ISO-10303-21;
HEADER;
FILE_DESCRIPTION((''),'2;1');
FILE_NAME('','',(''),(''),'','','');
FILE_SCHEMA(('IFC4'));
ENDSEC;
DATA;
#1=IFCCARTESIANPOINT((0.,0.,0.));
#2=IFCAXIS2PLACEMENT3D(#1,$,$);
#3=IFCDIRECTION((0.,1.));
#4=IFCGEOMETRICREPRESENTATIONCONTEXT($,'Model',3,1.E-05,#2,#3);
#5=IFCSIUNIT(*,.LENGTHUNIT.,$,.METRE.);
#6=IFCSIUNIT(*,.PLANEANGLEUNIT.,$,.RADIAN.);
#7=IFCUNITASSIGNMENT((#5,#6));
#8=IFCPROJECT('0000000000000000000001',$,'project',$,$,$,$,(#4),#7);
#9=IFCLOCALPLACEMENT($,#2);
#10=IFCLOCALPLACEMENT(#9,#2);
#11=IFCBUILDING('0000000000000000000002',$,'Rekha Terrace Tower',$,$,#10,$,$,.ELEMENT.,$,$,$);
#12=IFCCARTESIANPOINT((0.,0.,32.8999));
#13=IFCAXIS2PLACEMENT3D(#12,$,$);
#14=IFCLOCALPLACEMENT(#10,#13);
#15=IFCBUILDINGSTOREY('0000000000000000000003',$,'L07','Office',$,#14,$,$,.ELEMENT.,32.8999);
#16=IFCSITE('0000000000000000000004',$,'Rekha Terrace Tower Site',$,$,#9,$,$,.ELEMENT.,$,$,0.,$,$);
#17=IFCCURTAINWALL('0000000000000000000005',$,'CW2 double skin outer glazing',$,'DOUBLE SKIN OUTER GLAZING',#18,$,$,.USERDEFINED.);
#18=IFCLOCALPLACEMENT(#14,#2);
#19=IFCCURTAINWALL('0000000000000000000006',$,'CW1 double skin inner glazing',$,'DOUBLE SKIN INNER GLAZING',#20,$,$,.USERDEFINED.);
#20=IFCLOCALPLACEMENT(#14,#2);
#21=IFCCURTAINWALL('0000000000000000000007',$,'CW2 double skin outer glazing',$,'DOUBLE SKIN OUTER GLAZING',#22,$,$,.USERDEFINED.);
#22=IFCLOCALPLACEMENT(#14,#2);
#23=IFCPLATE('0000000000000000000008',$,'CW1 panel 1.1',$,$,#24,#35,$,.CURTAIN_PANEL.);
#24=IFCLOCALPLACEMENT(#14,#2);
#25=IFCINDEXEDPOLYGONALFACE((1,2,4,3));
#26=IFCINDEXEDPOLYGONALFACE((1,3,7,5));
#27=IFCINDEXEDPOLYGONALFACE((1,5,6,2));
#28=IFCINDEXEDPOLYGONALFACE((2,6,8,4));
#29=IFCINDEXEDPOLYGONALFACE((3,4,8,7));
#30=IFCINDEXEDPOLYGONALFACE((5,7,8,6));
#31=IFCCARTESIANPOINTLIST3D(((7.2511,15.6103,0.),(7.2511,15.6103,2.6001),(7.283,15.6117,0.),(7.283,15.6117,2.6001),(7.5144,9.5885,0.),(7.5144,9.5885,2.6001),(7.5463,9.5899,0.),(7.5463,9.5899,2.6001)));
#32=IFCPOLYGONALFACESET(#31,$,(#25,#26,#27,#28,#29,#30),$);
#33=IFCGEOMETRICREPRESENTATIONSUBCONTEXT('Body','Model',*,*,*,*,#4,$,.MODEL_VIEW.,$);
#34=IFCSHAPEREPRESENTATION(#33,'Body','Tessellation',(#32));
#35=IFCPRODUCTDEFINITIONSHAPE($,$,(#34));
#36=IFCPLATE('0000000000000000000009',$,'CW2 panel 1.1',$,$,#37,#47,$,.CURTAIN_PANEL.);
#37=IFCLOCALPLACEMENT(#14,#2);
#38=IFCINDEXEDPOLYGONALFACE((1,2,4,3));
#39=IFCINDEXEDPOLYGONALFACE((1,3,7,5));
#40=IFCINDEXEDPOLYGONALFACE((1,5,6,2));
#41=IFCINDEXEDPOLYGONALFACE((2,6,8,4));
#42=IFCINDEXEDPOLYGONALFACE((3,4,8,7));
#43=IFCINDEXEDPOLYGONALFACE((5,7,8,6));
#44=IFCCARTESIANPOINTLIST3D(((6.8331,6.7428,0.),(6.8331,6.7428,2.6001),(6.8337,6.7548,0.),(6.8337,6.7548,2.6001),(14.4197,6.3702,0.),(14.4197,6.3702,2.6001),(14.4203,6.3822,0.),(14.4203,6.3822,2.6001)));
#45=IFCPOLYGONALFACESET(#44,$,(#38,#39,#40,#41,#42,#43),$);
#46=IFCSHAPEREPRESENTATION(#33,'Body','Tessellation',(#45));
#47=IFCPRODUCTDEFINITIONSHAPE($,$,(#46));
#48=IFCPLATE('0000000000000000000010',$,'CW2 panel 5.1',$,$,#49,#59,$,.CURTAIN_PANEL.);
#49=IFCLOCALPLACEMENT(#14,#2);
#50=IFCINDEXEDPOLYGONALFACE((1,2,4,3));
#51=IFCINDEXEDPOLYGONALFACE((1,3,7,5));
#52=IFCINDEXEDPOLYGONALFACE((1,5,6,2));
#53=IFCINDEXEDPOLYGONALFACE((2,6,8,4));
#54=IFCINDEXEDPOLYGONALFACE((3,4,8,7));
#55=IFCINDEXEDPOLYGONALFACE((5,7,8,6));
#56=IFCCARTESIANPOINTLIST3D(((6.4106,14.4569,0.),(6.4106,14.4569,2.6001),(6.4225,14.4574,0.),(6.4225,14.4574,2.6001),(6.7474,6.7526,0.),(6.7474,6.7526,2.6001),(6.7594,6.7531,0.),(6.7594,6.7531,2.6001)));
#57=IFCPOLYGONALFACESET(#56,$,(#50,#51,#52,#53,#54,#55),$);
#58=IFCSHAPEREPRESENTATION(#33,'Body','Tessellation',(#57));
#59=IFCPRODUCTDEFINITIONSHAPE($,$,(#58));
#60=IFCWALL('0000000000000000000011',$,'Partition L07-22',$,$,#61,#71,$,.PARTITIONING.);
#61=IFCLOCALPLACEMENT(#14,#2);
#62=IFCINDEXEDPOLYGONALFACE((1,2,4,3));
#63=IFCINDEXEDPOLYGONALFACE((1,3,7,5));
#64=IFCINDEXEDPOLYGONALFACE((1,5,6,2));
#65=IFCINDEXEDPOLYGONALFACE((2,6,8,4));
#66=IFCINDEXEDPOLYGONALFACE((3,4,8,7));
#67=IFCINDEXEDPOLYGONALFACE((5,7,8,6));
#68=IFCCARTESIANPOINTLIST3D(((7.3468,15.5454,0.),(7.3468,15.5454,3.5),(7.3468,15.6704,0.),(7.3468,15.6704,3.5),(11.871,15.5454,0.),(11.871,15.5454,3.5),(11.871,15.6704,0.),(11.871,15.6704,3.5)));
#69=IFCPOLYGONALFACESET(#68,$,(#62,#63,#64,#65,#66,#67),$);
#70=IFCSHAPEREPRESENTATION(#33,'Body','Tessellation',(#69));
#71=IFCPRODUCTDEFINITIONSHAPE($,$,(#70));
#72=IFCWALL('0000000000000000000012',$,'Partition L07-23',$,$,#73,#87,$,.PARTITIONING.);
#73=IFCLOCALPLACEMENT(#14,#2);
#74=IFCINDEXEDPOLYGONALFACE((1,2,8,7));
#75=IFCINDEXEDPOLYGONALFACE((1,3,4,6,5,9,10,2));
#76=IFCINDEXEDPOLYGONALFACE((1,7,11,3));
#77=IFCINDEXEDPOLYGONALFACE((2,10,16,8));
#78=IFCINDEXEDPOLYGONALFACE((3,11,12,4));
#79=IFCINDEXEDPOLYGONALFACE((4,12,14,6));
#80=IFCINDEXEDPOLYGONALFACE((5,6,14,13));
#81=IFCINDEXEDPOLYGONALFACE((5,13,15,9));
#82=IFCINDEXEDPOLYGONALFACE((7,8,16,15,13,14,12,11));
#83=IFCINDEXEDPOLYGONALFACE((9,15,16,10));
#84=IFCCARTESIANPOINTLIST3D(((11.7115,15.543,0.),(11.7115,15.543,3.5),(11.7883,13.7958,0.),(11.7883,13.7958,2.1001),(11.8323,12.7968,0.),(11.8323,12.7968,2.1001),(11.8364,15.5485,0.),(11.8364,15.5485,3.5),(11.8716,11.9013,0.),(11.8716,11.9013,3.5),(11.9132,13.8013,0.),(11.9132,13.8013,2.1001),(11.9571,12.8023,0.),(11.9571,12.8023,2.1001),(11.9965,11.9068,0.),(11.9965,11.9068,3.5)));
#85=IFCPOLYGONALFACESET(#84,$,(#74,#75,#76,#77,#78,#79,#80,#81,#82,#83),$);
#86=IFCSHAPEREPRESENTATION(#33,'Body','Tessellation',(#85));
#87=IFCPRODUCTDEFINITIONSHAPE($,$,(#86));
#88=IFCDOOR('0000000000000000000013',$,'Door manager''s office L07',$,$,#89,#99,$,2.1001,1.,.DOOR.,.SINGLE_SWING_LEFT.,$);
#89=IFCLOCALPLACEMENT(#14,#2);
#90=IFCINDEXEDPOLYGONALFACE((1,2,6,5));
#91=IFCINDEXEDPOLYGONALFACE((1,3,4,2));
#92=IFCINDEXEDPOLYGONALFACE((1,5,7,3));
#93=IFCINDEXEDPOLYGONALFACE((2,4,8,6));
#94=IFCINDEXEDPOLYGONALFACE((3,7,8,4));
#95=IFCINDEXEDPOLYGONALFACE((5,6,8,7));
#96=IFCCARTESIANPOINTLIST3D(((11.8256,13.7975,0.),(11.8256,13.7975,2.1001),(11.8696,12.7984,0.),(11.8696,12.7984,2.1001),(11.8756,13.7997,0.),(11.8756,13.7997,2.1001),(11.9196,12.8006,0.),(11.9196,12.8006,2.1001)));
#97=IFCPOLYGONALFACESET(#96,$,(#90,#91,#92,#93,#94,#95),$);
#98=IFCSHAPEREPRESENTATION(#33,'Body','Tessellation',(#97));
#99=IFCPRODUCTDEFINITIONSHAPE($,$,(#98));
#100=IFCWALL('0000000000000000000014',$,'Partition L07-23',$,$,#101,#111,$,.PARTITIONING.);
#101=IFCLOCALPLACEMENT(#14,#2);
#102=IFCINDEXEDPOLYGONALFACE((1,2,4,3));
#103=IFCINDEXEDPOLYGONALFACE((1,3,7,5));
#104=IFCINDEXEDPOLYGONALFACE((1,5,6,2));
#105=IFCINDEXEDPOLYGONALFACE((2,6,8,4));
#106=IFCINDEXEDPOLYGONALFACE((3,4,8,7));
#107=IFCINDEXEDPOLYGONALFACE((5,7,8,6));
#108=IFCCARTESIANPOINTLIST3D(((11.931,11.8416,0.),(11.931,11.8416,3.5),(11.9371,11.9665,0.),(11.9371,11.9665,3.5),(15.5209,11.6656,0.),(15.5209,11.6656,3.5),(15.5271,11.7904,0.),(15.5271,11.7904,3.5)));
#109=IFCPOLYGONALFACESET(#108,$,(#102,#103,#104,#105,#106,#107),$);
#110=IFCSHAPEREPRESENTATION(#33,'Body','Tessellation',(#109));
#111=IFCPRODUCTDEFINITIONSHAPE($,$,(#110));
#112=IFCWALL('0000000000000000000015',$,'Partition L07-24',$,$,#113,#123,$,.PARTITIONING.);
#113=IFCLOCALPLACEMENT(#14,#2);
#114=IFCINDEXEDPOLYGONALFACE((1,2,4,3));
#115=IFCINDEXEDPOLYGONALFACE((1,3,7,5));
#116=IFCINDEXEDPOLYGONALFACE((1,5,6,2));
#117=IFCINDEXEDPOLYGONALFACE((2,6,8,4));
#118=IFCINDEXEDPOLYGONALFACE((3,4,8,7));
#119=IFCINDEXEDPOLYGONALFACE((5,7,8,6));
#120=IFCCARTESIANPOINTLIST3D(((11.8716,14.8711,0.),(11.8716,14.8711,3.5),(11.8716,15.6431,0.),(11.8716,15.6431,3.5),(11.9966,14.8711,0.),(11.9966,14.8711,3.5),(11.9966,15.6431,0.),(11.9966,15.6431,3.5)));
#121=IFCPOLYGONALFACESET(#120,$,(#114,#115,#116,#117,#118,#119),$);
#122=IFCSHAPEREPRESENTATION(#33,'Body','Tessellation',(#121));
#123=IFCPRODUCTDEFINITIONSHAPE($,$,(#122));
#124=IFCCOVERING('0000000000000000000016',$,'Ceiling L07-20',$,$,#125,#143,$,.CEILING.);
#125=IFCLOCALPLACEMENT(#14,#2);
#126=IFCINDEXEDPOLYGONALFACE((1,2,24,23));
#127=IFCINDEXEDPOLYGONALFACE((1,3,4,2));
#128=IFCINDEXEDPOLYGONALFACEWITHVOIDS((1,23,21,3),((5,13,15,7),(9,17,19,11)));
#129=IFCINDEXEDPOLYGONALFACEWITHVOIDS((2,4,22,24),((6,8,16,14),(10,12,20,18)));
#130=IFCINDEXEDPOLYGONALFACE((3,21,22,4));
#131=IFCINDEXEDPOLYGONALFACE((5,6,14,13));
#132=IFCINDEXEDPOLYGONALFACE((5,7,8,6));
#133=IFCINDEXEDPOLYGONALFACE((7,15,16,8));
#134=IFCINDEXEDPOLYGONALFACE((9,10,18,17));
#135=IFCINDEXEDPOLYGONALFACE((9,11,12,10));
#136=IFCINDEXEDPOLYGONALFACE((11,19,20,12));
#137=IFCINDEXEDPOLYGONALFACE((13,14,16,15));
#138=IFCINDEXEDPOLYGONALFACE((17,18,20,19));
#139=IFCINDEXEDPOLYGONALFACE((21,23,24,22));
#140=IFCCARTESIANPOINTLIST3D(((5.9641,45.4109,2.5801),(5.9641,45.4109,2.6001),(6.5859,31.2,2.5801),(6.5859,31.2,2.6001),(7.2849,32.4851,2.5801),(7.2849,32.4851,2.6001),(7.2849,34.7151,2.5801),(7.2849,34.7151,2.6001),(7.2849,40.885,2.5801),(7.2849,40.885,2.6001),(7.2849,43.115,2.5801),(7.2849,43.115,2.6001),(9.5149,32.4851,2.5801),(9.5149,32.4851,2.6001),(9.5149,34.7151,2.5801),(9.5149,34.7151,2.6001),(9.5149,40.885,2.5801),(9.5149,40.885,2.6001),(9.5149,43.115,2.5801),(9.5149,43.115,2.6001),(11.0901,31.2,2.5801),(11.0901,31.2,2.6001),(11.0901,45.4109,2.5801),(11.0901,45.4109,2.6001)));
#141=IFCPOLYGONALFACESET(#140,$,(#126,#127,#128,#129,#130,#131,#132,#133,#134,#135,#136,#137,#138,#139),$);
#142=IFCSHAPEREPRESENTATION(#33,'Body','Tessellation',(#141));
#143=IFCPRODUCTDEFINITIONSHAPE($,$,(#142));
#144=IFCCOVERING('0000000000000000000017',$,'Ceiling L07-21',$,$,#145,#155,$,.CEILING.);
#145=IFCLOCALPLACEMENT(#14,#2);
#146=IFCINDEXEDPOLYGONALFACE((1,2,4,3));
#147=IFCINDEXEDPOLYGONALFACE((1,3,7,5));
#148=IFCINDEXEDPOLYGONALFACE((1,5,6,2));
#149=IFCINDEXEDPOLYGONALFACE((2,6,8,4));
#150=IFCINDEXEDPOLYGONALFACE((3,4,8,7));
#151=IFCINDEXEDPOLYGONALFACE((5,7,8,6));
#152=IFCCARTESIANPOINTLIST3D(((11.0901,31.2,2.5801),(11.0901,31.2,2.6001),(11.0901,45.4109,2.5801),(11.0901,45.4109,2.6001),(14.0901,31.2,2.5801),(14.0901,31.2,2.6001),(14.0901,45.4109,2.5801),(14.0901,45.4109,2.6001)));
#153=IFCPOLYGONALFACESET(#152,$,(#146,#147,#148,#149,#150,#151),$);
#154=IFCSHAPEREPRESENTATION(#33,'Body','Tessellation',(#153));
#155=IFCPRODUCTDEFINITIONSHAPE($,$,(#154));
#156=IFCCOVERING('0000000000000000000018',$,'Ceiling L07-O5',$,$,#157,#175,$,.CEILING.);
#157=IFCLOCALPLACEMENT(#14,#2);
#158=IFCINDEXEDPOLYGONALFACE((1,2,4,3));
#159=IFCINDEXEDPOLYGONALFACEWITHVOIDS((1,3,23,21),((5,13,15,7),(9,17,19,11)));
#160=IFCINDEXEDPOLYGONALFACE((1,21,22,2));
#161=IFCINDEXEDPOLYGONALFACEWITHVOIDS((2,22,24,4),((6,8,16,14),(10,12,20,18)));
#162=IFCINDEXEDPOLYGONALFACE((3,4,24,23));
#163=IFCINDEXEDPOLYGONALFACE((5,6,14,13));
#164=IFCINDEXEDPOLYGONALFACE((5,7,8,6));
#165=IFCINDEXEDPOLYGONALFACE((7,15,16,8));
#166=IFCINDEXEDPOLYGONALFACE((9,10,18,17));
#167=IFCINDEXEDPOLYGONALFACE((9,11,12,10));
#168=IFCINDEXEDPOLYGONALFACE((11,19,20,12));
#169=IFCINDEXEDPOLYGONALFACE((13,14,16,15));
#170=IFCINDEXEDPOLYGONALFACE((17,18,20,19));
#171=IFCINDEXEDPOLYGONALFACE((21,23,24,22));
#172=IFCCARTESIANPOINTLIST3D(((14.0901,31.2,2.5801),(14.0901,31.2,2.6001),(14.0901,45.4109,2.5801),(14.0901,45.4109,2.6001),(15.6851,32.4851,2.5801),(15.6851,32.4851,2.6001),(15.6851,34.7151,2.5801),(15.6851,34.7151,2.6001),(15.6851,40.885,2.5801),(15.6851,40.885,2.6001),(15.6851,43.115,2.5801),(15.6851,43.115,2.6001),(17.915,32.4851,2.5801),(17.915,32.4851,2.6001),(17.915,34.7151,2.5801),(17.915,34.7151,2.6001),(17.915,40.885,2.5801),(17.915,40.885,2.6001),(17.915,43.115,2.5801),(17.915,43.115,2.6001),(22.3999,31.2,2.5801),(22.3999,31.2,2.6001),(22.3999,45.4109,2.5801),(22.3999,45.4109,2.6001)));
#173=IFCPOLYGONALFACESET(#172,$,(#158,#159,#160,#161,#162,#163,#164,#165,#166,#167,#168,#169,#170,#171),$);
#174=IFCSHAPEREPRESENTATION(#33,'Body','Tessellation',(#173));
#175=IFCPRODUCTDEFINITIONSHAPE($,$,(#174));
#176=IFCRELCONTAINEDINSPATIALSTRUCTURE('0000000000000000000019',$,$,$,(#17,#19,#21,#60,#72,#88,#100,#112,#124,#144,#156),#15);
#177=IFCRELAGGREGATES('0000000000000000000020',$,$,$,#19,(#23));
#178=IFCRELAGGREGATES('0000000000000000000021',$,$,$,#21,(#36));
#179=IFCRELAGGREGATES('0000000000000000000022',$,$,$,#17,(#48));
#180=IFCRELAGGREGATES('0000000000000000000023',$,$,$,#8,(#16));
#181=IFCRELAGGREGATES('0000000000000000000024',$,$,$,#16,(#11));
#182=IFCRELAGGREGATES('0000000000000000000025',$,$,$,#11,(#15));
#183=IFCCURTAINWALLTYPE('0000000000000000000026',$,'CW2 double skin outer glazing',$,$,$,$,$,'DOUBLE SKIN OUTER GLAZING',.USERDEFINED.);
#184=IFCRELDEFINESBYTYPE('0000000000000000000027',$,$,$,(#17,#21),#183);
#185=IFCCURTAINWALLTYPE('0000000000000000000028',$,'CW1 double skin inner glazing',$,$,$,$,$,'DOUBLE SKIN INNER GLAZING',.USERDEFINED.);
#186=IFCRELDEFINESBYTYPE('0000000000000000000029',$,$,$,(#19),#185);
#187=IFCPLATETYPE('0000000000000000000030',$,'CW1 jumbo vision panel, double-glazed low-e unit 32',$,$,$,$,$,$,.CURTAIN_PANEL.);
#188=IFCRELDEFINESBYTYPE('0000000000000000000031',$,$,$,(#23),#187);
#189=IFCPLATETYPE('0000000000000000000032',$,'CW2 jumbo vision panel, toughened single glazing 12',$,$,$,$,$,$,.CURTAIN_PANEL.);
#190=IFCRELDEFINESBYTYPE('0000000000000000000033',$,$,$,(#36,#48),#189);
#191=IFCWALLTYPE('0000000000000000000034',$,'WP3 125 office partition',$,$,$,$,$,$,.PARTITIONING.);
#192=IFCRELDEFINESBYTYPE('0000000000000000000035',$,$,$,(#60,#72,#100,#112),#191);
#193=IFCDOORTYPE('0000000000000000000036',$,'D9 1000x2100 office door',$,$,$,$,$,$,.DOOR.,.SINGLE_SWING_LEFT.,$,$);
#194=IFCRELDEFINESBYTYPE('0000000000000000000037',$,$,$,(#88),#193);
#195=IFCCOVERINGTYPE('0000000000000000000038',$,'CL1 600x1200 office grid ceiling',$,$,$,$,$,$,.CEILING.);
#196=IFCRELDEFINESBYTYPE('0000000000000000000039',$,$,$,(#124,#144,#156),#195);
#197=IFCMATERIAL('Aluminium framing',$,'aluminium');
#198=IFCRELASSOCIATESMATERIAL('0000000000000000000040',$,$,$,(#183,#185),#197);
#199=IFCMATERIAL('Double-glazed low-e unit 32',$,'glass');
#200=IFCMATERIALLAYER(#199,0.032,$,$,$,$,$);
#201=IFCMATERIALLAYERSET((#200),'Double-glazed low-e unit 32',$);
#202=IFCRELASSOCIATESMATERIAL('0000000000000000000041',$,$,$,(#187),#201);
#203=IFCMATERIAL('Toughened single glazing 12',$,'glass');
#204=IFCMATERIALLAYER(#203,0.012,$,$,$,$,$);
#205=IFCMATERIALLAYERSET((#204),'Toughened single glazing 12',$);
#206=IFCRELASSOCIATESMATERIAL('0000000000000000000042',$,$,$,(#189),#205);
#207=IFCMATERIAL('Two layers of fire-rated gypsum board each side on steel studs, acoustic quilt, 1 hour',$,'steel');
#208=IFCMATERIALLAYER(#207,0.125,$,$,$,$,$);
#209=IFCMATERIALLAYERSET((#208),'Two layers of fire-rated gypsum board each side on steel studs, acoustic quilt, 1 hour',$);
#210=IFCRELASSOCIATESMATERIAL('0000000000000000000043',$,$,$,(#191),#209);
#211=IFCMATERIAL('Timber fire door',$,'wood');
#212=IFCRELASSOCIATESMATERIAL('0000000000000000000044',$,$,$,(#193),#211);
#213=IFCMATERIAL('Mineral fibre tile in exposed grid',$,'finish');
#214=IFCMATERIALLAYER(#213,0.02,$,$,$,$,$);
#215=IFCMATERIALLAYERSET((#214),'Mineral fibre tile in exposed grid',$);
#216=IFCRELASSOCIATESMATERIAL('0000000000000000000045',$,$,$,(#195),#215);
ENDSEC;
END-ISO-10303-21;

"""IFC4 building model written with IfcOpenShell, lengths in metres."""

from ifc_helpers import new_model, si_unit, direction, frame, frame_2d, origin, origin_2d, place, context, subcontext, project, spatial, polyline, rectangle, outline, extrude, material, layer, layer_set, type_object, element, fill, aggregate, save


model = new_model("IFC4")

# Units and contexts
model_context = context("Model", 3, precision=1e-05, world=origin(), true_north=direction((0.0, 1.0)))
body_context = subcontext(model_context, "Body", "Model", "MODEL_VIEW")
ifc_project = project(units=[si_unit("LENGTHUNIT", "METRE"), si_unit("PLANEANGLEUNIT", "RADIAN")], contexts=[model_context])

# Site, building, storey
site_placement = place(None, origin())
site = spatial("IfcSite", under=ifc_project, at=site_placement, Name="Rekha Terrace Tower Site", CompositionType="ELEMENT", RefElevation=0.0)
building_placement = place(site_placement, origin())
building = spatial("IfcBuilding", under=site, at=building_placement, Name="Rekha Terrace Tower", CompositionType="ELEMENT")
storey_placement = place(building_placement, frame((0.0, 0.0, 32.8999)))
storey = spatial("IfcBuildingStorey", under=building, at=storey_placement, Name="L07", Description="Office", CompositionType="ELEMENT", Elevation=32.8999)

# Curtain walls
ifc_material_1 = material(Name="Aluminium framing", Category="aluminium")
curtain_wall_type_1 = type_object("IfcCurtainWallType", Name="CW2 double skin outer glazing", ElementType="DOUBLE SKIN OUTER GLAZING", PredefinedType="USERDEFINED", material=ifc_material_1)
curtain_wall_1_placement = place(storey_placement, origin())
curtain_wall_1 = element("IfcCurtainWall", 1, at=curtain_wall_1_placement, inside=storey, type_object=curtain_wall_type_1, Name="CW2 double skin outer glazing", ObjectType="DOUBLE SKIN OUTER GLAZING", PredefinedType="USERDEFINED")
curtain_wall_type_2 = type_object("IfcCurtainWallType", Name="CW1 double skin inner glazing", ElementType="DOUBLE SKIN INNER GLAZING", PredefinedType="USERDEFINED", material=ifc_material_1)
curtain_wall_2_placement = place(storey_placement, origin())
curtain_wall_2 = element("IfcCurtainWall", 2, at=curtain_wall_2_placement, inside=storey, type_object=curtain_wall_type_2, Name="CW1 double skin inner glazing", ObjectType="DOUBLE SKIN INNER GLAZING", PredefinedType="USERDEFINED")

# Curtain wall
curtain_wall_3_placement = place(storey_placement, origin())
curtain_wall_3 = element("IfcCurtainWall", 3, at=curtain_wall_3_placement, inside=storey, type_object=curtain_wall_type_1, Name="CW2 double skin outer glazing", ObjectType="DOUBLE SKIN OUTER GLAZING", PredefinedType="USERDEFINED")

# Plates
ifc_material_2 = material(Name="Double-glazed low-e unit 32", Category="glass")
ifc_layer_1 = layer(ifc_material_2, 0.032)
ifc_layer_set_1 = layer_set([ifc_layer_1], Name="Double-glazed low-e unit 32")
plate_type_1 = type_object("IfcPlateType", Name="CW1 jumbo vision panel, double-glazed low-e unit 32", PredefinedType="CURTAIN_PANEL", material=ifc_layer_set_1)
plate_1_placement = place(storey_placement, frame((7.3987, 12.6001, 0.0), z_axis=(0.0, 0.0, 1.0), x_axis=(0.043683, -0.999045, 0.0)))
plate_1 = element("IfcPlate", 4, at=plate_1_placement, type_object=plate_type_1, Name="CW1 panel 1.1", PredefinedType="CURTAIN_PANEL", context=body_context, shape_type="SweptSolid", body=[
    extrude(rectangle(XDim=6.0276, YDim=0.032, at=origin_2d()), origin(), (0.0, 0.0, 1.0), 2.6001),
])
aggregate(curtain_wall_2, [plate_1])
ifc_material_3 = material(Name="Toughened single glazing 12", Category="glass")
ifc_layer_2 = layer(ifc_material_3, 0.012)
ifc_layer_set_2 = layer_set([ifc_layer_2], Name="Toughened single glazing 12")
plate_type_2 = type_object("IfcPlateType", Name="CW2 jumbo vision panel, toughened single glazing 12", PredefinedType="CURTAIN_PANEL", material=ifc_layer_set_2)
plate_2_placement = place(storey_placement, frame((10.6267, 6.5625, 0.0), z_axis=(0.0, 0.0, 1.0), x_axis=(0.998796, -0.049052, 0.0)))
plate_2 = element("IfcPlate", 5, at=plate_2_placement, type_object=plate_type_2, Name="CW2 panel 1.1", PredefinedType="CURTAIN_PANEL", context=body_context, shape_type="SweptSolid", body=[
    extrude(rectangle(XDim=7.5957, YDim=0.012, at=origin_2d()), origin(), (0.0, 0.0, 1.0), 2.6001),
])
aggregate(curtain_wall_3, [plate_2])
plate_3_placement = place(storey_placement, frame((6.585, 10.605, 0.0), z_axis=(0.0, 0.0, 1.0), x_axis=(0.043683, -0.999045, 0.0)))
plate_3 = element("IfcPlate", 6, at=plate_3_placement, type_object=plate_type_2, Name="CW2 panel 5.1", PredefinedType="CURTAIN_PANEL", context=body_context, shape_type="SweptSolid", body=[
    extrude(rectangle(XDim=7.7117, YDim=0.012, at=origin_2d()), origin(), (0.0, 0.0, 1.0), 2.6001),
])
aggregate(curtain_wall_1, [plate_3])

# Wall
ifc_material_4 = material(Name="Two layers of fire-rated gypsum board each side on steel studs, acoustic quilt, 1 hour", Category="steel")
ifc_layer_3 = layer(ifc_material_4, 0.125)
ifc_layer_set_3 = layer_set([ifc_layer_3], Name="Two layers of fire-rated gypsum board each side on steel studs, acoustic quilt, 1 hour")
wall_type = type_object("IfcWallType", Name="WP3 125 office partition", PredefinedType="PARTITIONING", material=ifc_layer_set_3)
wall_1_placement = place(storey_placement, frame((11.8711, 15.6079, 0.0), z_axis=(0.0, 0.0, 1.0), x_axis=(-1.0, 0.0, 0.0)))
element("IfcWall", 7, at=wall_1_placement, inside=storey, type_object=wall_type, Name="Partition L07-22", PredefinedType="PARTITIONING", context=body_context, shape_type="SweptSolid", body=[
    extrude(rectangle(XDim=4.5242, YDim=0.125, at=frame_2d((2.2622, 0.0))), origin(), (0.0, 0.0, 1.0), 3.5),
])

# Wall, opening, door
wall_2_placement = place(storey_placement, frame((11.7739, 15.5459, 0.0), z_axis=(0.0, 0.0, 1.0), x_axis=(0.043934, -0.999034, 0.0)))
wall_2 = element("IfcWall", 8, at=wall_2_placement, inside=storey, type_object=wall_type, Name="Partition L07-23", PredefinedType="PARTITIONING", context=body_context, shape_type="SweptSolid", body=[
    extrude(rectangle(XDim=3.6453, YDim=0.125, at=frame_2d((1.8228, 0.0))), origin(), (0.0, 0.0, 1.0), 3.5),
])
opening_placement = place(wall_2_placement, frame((1.749, 0.0, 0.0)))
opening = element("IfcOpeningElement", 9, at=opening_placement, cuts=wall_2, PredefinedType="OPENING", context=body_context, shape_type="SweptSolid", body=[
    extrude(rectangle(XDim=1.0, YDim=2.1001, at=frame_2d((0.5, 1.05))), frame((0.0, 0.0725, 0.0), z_axis=(0.0, -1.0, 0.0), x_axis=(1.0, 0.0, 0.0)), (0.0, 0.0, 1.0), 0.145),
])
ifc_material_5 = material(Name="Timber fire door", Category="wood")
door_type = type_object("IfcDoorType", Name="D9 1000x2100 office door", OperationType="SINGLE_SWING_LEFT", PredefinedType="DOOR", material=ifc_material_5)
door_placement = place(opening_placement, origin())
door = element("IfcDoor", 10, at=door_placement, inside=storey, type_object=door_type, Name="Door manager's office L07", OperationType="SINGLE_SWING_LEFT", OverallHeight=2.1001, OverallWidth=1.0, PredefinedType="DOOR", context=body_context, shape_type="SweptSolid", body=[
    extrude(rectangle(XDim=1.0, YDim=2.1001, at=frame_2d((0.5, 1.05))), frame((0.0, 0.0249, 0.0), z_axis=(0.0, -1.0, 0.0), x_axis=(1.0, 0.0, 0.0)), (0.0, 0.0, 1.0), 0.05),
])
fill(opening, door)

# Walls
wall_3_placement = place(storey_placement, frame((11.9341, 11.9041, 0.0), z_axis=(0.0, 0.0, 1.0), x_axis=(0.9988, -0.048975, 0.0)))
element("IfcWall", 11, at=wall_3_placement, inside=storey, type_object=wall_type, Name="Partition L07-23", PredefinedType="PARTITIONING", context=body_context, shape_type="SweptSolid", body=[
    extrude(rectangle(XDim=3.5942, YDim=0.125, at=frame_2d((1.7971, 0.0))), origin(), (0.0, 0.0, 1.0), 3.5),
])
wall_4_placement = place(storey_placement, frame((11.9341, 14.8711, 0.0), z_axis=(0.0, 0.0, 1.0), x_axis=(0.0, 1.0, 0.0)))
element("IfcWall", 12, at=wall_4_placement, inside=storey, type_object=wall_type, Name="Partition L07-24", PredefinedType="PARTITIONING", context=body_context, shape_type="SweptSolid", body=[
    extrude(rectangle(XDim=0.772, YDim=0.125, at=frame_2d((0.386, 0.0))), origin(), (0.0, 0.0, 1.0), 3.5),
])

# Coverings
ifc_material_6 = material(Name="Mineral fibre tile in exposed grid", Category="finish")
ifc_layer_4 = layer(ifc_material_6, 0.02)
ifc_layer_set_4 = layer_set([ifc_layer_4], Name="Mineral fibre tile in exposed grid")
covering_type_1 = type_object("IfcCoveringType", Name="CL1 600x1200 office grid ceiling", PredefinedType="CEILING", material=ifc_layer_set_4)
covering_1_placement = place(storey_placement, frame((0.0, 0.0, 2.5801)))
element("IfcCovering", 13, at=covering_1_placement, inside=storey, type_object=covering_type_1, Name="Ceiling L07-20", PredefinedType="CEILING", context=body_context, shape_type="SweptSolid", body=[
    extrude(outline(polyline([(6.5859, 31.2), (11.0901, 31.2), (11.0901, 45.4109), (5.9641, 45.4109), (6.5859, 31.2)]), holes=[polyline([(9.5149, 32.4851), (7.2849, 32.4851), (7.2849, 34.7151), (9.5149, 34.7151), (9.5149, 32.4851)]), polyline([(9.5149, 40.885), (7.2849, 40.885), (7.2849, 43.115), (9.5149, 43.115), (9.5149, 40.885)])]), origin(), (0.0, 0.0, 1.0), 0.02),
])
covering_2_placement = place(storey_placement, frame((0.0, 0.0, 2.5801)))
element("IfcCovering", 14, at=covering_2_placement, inside=storey, type_object=covering_type_1, Name="Ceiling L07-21", PredefinedType="CEILING", context=body_context, shape_type="SweptSolid", body=[
    extrude(outline(polyline([(14.0901, 31.2), (14.0901, 45.4109), (11.0901, 45.4109), (11.0901, 31.2), (14.0901, 31.2)])), origin(), (0.0, 0.0, 1.0), 0.02),
])
covering_3_placement = place(storey_placement, frame((0.0, 0.0, 2.5801)))
element("IfcCovering", 15, at=covering_3_placement, inside=storey, type_object=covering_type_1, Name="Ceiling L07-O5", PredefinedType="CEILING", context=body_context, shape_type="SweptSolid", body=[
    extrude(outline(polyline([(14.0901, 45.4109), (14.0901, 31.2), (22.3999, 31.2), (22.3999, 45.4109), (14.0901, 45.4109)]), holes=[polyline([(17.915, 32.4851), (15.6851, 32.4851), (15.6851, 34.7151), (17.915, 34.7151), (17.915, 32.4851)]), polyline([(17.915, 40.885), (15.6851, 40.885), (15.6851, 43.115), (17.915, 43.115), (17.915, 40.885)])]), origin(), (0.0, 0.0, 1.0), 0.02),
])

save(model, "model.ifc")
